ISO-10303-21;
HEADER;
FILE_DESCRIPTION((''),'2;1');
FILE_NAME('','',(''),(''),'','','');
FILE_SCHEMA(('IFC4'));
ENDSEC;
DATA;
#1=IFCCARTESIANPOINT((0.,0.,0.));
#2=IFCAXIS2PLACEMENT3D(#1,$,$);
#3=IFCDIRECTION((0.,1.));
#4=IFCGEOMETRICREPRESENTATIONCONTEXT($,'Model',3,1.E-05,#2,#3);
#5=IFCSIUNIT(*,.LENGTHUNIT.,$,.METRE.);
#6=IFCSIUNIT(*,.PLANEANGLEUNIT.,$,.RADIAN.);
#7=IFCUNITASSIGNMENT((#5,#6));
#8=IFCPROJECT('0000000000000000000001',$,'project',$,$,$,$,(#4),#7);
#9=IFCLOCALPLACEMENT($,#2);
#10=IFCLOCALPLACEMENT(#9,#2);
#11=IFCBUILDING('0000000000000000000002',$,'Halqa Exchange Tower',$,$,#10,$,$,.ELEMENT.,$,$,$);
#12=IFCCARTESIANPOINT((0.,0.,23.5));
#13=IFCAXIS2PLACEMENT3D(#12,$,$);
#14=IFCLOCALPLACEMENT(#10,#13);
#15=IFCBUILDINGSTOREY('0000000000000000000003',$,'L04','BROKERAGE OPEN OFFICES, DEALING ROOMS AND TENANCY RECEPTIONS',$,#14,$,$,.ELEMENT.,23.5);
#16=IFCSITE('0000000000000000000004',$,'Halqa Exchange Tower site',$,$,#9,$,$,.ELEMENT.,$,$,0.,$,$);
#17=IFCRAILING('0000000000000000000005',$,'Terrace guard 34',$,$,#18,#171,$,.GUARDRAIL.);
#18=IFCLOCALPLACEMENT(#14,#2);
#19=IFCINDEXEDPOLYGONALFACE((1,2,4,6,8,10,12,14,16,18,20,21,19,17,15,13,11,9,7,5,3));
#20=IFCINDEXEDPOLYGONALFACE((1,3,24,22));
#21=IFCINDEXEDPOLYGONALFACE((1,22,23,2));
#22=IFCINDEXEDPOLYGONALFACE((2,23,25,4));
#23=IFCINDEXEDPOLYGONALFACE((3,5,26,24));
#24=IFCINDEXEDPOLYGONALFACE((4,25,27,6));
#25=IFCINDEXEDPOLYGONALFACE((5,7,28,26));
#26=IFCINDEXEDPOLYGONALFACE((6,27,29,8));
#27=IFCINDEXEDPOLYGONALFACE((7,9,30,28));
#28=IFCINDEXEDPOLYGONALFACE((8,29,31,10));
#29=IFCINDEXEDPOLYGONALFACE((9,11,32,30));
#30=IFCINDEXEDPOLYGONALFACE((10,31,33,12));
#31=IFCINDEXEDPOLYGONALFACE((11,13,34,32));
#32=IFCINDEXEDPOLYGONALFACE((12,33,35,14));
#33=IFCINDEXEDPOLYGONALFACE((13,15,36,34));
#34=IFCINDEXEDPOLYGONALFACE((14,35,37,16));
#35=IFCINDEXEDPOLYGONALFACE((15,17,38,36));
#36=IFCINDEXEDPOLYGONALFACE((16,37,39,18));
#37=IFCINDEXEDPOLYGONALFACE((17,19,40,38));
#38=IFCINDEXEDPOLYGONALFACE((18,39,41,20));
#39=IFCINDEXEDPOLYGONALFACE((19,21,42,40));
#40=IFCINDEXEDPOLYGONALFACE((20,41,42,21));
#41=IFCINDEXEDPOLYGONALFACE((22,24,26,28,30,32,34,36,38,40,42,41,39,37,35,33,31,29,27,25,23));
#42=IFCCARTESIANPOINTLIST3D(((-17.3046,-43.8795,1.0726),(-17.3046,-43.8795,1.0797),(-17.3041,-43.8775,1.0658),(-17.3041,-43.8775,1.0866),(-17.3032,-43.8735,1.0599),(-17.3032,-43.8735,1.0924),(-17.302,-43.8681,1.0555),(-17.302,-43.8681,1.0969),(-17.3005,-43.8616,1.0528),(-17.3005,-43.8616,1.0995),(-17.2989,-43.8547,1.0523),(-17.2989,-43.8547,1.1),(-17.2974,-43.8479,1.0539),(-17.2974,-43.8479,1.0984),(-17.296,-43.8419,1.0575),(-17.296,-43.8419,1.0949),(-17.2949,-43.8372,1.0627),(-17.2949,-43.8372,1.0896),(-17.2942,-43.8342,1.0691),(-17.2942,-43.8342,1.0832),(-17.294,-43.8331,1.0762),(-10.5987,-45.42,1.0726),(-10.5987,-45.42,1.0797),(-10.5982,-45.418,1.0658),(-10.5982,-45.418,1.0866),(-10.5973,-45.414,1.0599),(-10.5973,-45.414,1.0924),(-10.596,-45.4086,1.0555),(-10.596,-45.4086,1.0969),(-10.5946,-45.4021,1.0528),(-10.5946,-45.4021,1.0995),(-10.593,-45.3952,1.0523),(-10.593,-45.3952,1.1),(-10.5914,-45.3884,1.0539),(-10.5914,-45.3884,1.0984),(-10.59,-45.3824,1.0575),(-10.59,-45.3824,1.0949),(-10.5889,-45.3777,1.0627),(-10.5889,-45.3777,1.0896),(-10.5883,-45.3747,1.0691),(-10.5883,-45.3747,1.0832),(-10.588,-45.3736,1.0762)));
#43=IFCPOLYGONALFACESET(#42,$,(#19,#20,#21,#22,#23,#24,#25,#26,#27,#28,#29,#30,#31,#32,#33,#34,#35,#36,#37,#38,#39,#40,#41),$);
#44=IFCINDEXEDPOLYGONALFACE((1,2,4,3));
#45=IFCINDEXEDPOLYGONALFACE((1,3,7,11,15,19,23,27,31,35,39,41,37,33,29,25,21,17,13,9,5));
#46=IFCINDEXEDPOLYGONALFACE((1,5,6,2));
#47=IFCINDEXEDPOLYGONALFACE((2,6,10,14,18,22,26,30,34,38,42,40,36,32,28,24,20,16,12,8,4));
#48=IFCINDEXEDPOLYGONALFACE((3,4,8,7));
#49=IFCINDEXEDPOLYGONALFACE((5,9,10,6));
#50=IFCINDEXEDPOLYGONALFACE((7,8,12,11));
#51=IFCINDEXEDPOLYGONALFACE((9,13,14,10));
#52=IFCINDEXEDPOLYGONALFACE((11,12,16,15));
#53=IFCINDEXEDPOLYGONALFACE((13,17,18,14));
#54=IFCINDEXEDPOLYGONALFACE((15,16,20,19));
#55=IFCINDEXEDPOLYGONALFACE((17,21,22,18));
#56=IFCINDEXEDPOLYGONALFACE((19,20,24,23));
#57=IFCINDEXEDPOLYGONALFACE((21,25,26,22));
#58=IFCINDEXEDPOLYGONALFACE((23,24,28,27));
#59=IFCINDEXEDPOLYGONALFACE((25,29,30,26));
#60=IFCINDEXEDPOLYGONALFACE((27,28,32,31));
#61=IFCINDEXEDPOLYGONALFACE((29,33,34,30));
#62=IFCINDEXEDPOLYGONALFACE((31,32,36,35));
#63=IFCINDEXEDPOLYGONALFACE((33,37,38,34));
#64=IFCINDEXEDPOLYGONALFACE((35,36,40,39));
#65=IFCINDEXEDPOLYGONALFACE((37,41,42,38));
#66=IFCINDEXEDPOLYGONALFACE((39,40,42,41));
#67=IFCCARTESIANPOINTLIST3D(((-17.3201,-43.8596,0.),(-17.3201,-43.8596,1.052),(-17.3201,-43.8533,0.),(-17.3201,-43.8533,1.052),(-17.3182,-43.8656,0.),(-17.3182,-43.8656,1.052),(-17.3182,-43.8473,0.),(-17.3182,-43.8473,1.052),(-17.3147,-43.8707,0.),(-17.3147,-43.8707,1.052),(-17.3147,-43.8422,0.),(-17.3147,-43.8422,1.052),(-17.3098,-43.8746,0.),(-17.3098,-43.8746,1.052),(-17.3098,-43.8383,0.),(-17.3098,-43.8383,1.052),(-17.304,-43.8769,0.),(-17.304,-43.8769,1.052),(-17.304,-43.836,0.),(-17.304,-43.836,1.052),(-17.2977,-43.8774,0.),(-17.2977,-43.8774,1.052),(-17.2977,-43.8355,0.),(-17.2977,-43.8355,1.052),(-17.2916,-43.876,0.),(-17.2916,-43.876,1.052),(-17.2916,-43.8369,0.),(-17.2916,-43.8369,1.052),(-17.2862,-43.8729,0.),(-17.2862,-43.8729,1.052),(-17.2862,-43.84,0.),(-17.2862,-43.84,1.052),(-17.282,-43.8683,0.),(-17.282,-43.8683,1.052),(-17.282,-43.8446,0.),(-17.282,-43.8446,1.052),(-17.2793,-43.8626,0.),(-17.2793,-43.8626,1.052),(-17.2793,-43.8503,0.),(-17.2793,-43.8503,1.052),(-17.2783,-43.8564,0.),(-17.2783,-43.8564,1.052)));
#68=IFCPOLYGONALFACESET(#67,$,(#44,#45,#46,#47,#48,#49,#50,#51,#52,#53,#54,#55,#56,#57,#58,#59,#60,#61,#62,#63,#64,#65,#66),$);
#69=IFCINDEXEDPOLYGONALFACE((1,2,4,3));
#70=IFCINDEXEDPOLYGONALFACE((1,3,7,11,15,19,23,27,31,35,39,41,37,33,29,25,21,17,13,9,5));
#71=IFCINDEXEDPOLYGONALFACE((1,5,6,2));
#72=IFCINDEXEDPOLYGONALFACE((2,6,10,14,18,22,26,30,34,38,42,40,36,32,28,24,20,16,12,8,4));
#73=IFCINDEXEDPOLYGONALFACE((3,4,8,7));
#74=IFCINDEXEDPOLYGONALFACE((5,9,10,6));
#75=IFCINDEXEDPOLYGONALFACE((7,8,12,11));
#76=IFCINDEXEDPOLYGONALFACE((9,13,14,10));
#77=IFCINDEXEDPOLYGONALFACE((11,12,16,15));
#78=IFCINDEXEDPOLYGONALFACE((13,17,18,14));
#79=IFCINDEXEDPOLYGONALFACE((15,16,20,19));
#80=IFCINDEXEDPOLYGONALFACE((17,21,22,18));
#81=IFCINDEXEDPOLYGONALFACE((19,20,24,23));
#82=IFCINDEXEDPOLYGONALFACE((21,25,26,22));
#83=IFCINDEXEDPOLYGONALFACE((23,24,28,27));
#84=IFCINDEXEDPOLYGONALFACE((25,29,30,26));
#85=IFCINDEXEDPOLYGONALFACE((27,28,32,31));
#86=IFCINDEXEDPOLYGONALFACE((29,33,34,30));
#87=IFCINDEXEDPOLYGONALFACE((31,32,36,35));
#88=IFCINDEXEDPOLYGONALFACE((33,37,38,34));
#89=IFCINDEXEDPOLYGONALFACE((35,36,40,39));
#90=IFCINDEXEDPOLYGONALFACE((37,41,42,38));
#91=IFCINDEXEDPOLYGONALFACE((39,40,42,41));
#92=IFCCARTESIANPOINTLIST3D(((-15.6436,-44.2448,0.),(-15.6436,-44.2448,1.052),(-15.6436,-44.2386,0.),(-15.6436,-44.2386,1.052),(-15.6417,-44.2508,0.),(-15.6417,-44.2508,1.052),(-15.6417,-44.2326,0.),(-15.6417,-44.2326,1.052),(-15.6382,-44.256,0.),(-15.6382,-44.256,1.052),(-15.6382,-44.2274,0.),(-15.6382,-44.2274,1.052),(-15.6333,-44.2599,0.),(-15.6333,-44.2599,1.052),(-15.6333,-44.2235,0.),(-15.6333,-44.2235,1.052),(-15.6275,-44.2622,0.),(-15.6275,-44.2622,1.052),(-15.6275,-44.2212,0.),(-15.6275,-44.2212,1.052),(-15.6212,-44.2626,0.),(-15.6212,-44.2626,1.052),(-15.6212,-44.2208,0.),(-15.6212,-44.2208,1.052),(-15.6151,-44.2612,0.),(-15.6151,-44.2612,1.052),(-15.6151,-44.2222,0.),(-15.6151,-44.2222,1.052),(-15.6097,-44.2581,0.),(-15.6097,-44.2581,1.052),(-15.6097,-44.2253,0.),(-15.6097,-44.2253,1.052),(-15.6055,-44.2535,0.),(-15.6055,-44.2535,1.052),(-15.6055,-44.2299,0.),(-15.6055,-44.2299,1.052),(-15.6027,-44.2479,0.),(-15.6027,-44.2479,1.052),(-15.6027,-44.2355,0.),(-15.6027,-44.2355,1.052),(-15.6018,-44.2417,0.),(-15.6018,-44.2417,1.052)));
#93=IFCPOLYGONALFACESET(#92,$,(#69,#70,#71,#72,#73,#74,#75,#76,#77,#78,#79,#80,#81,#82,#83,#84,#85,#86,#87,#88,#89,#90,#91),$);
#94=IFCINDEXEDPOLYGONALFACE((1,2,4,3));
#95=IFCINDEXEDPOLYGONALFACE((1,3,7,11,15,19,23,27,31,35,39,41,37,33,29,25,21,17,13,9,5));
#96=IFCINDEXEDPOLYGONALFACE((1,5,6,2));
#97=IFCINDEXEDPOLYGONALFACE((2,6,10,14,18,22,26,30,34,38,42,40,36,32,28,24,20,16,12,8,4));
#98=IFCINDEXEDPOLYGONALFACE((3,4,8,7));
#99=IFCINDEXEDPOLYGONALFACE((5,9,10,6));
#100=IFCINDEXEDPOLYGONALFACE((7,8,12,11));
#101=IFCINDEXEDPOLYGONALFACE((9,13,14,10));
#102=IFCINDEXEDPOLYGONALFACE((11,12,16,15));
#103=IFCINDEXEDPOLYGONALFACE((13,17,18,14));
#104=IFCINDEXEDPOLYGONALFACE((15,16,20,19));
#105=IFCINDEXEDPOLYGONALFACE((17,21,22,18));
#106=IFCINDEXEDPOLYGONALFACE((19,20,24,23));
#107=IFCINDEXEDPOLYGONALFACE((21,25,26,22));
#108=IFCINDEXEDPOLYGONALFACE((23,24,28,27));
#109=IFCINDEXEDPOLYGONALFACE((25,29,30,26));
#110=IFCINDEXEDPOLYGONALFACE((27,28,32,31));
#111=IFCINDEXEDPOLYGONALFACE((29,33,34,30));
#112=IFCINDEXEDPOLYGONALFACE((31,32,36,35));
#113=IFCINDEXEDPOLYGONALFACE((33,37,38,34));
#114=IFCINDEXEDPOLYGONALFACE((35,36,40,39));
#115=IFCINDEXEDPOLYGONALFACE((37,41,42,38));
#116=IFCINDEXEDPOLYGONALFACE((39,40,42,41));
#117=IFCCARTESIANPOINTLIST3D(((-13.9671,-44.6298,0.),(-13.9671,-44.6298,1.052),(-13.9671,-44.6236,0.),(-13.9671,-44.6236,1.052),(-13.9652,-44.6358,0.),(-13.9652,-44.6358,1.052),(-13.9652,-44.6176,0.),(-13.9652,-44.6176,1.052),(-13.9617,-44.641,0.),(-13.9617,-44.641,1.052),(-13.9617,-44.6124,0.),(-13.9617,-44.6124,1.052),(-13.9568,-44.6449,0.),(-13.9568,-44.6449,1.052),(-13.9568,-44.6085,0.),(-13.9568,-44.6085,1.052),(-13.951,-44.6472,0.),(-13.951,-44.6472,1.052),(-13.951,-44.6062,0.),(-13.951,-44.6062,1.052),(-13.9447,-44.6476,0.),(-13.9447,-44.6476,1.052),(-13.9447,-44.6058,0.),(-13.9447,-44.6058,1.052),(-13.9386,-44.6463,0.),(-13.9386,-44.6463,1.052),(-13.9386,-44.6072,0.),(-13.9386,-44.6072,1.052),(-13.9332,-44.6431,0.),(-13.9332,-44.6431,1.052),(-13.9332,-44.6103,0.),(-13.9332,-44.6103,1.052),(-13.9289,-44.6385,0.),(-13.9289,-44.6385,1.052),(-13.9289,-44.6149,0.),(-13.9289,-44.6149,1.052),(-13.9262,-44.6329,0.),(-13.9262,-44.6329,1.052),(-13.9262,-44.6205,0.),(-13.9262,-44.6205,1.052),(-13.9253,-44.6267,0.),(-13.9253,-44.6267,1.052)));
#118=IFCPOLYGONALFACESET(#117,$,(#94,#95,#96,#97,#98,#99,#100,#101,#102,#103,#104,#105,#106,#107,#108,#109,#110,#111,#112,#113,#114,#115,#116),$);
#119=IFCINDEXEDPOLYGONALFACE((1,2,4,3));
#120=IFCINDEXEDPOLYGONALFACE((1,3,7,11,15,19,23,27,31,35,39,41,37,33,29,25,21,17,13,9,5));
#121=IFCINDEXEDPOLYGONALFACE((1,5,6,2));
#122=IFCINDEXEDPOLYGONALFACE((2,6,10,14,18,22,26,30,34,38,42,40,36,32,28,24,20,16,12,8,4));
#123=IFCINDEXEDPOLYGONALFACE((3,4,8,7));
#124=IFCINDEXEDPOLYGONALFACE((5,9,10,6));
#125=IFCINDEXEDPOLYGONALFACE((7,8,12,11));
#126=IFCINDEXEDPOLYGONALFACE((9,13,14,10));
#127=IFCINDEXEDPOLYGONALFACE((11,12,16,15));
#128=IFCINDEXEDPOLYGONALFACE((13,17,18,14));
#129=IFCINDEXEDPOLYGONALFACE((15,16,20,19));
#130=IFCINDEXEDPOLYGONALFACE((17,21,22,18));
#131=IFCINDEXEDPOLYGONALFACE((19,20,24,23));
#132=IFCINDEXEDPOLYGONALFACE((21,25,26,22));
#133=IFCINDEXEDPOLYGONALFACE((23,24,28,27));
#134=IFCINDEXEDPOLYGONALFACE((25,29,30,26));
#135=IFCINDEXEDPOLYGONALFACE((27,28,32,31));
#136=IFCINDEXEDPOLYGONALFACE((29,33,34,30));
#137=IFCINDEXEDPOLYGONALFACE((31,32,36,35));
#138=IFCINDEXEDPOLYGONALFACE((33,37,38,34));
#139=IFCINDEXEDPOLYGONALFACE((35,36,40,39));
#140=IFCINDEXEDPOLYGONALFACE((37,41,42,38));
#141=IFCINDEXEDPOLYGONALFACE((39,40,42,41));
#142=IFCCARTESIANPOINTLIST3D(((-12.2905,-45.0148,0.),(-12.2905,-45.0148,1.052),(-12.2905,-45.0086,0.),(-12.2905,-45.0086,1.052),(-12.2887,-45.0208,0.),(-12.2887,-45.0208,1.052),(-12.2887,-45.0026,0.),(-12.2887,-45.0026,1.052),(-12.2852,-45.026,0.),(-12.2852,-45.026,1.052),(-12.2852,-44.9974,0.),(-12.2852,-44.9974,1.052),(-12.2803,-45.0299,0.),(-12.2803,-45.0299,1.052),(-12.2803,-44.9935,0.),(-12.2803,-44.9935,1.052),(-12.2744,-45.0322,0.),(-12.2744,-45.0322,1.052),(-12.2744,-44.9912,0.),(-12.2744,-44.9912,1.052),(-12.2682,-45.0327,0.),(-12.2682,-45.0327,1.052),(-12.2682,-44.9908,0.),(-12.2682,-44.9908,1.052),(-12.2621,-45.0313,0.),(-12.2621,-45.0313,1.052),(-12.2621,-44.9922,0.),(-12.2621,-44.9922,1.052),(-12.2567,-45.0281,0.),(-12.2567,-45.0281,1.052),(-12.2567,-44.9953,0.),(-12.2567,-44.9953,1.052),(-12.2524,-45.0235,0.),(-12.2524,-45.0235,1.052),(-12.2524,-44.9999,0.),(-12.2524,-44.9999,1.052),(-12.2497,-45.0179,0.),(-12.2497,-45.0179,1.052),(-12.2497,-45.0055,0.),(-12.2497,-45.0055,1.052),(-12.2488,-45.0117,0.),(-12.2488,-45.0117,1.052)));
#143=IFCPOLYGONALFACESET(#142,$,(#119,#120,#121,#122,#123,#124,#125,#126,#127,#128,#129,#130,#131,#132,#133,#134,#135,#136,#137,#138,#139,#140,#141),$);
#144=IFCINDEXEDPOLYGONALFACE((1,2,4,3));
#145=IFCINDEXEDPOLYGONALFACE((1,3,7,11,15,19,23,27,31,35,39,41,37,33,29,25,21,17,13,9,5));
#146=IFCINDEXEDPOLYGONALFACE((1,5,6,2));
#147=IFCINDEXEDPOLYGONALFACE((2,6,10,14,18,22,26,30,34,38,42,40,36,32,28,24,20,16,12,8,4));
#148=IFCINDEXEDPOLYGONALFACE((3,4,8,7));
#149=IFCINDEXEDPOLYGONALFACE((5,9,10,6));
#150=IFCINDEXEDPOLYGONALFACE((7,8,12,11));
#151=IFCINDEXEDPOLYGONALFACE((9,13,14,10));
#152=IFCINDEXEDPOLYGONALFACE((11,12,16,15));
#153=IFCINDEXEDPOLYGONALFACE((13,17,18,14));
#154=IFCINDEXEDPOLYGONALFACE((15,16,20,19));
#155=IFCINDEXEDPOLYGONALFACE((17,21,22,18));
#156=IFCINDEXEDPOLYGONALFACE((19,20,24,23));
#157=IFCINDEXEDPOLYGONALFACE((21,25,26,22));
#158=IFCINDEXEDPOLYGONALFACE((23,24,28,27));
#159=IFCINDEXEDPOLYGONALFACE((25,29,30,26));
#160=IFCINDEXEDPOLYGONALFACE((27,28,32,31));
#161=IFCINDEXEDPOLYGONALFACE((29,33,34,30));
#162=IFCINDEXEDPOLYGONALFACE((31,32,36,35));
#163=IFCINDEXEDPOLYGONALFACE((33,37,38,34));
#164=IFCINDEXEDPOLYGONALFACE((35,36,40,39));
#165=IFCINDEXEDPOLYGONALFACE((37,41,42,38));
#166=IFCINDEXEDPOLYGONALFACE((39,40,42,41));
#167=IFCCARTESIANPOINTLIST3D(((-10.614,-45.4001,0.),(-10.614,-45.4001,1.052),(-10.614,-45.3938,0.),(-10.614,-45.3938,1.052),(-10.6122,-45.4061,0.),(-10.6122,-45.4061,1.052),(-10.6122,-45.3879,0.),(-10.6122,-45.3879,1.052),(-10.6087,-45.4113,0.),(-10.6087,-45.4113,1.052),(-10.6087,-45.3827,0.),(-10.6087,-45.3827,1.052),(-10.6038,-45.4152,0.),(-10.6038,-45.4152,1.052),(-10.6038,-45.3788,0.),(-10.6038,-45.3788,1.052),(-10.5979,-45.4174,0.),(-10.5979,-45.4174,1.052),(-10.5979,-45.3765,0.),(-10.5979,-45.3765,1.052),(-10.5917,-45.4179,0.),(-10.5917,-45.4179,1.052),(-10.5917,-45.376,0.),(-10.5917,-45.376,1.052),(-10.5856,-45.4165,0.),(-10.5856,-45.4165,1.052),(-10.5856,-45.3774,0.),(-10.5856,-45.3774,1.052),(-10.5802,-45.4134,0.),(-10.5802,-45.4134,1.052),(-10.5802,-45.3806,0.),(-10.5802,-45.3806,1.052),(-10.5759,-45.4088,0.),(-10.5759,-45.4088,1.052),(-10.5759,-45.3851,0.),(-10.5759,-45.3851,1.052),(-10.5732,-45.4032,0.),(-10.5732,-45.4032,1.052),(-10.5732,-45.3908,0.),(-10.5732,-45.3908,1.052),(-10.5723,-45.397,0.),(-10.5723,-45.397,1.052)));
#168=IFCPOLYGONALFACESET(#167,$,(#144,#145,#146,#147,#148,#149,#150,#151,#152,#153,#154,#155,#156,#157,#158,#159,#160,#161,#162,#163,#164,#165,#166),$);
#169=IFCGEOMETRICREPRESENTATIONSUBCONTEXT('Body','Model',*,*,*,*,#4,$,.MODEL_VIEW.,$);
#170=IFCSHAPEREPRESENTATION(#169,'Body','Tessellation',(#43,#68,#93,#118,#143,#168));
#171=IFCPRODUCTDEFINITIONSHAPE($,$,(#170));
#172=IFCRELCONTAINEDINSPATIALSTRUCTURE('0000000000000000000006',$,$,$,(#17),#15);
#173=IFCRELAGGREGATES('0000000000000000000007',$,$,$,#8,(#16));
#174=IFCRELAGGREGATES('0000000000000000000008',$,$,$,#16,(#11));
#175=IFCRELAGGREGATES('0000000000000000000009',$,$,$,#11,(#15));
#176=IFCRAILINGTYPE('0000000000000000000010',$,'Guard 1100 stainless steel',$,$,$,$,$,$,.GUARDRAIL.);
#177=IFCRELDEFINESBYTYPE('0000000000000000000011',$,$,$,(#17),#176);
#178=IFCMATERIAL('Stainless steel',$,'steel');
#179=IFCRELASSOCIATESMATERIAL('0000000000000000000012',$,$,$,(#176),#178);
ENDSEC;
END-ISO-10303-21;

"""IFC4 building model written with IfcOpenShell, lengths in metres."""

from ifc_helpers import new_model, si_unit, direction, frame, origin, origin_2d, place, context, subcontext, project, spatial, circle, extrude, material, type_object, element, save


model = new_model("IFC4")

# Units and contexts
model_context = context("Model", 3, precision=1e-05, world=origin(), true_north=direction((0.0, 1.0)))
body_context = subcontext(model_context, "Body", "Model", "MODEL_VIEW")
ifc_project = project(units=[si_unit("LENGTHUNIT", "METRE"), si_unit("PLANEANGLEUNIT", "RADIAN")], contexts=[model_context])

# Site, building, storey
site_placement = place(None, origin())
site = spatial("IfcSite", under=ifc_project, at=site_placement, Name="Halqa Exchange Tower site", CompositionType="ELEMENT", RefElevation=0.0)
building_placement = place(site_placement, origin())
building = spatial("IfcBuilding", under=site, at=building_placement, Name="Halqa Exchange Tower", CompositionType="ELEMENT")
storey_placement = place(building_placement, frame((0.0, 0.0, 23.5)))
storey = spatial("IfcBuildingStorey", under=building, at=storey_placement, Name="L04", Description="BROKERAGE OPEN OFFICES, DEALING ROOMS AND TENANCY RECEPTIONS", CompositionType="ELEMENT", Elevation=23.5)

# Railing
ifc_material_1 = material(Name="Stainless steel", Category="steel")
railing_type = type_object("IfcRailingType", Name="Guard 1100 stainless steel", PredefinedType="GUARDRAIL", material=ifc_material_1)
railing_1_placement = place(storey_placement, frame((-17.2993, -43.8564, 0.0)))
element("IfcRailing", 1, at=railing_1_placement, inside=storey, type_object=railing_type, Name="Terrace guard 34", PredefinedType="GUARDRAIL", context=body_context, shape_type="SweptSolid", body=[
    extrude(circle(Radius=0.0239, at=origin_2d()), frame((0.0, 0.0, 1.0762), z_axis=(0.974614, -0.22389, 0.0), x_axis=(0.22389, 0.974614, 0.0)), (0.0, 0.0, 1.0), 6.8806),
    extrude(circle(Radius=0.021, at=origin_2d()), origin(), (0.0, 0.0, 1.0), 1.052),
    extrude(circle(Radius=0.021, at=origin_2d()), frame((1.6765, -0.3853, 0.0)), (0.0, 0.0, 1.0), 1.052),
    extrude(circle(Radius=0.021, at=origin_2d()), frame((3.353, -0.7703, 0.0)), (0.0, 0.0, 1.0), 1.052),
    extrude(circle(Radius=0.021, at=origin_2d()), frame((5.0295, -1.1553, 0.0)), (0.0, 0.0, 1.0), 1.052),
    extrude(circle(Radius=0.021, at=origin_2d()), frame((6.7061, -1.5405, 0.0)), (0.0, 0.0, 1.0), 1.052),
])

save(model, "model.ifc")
